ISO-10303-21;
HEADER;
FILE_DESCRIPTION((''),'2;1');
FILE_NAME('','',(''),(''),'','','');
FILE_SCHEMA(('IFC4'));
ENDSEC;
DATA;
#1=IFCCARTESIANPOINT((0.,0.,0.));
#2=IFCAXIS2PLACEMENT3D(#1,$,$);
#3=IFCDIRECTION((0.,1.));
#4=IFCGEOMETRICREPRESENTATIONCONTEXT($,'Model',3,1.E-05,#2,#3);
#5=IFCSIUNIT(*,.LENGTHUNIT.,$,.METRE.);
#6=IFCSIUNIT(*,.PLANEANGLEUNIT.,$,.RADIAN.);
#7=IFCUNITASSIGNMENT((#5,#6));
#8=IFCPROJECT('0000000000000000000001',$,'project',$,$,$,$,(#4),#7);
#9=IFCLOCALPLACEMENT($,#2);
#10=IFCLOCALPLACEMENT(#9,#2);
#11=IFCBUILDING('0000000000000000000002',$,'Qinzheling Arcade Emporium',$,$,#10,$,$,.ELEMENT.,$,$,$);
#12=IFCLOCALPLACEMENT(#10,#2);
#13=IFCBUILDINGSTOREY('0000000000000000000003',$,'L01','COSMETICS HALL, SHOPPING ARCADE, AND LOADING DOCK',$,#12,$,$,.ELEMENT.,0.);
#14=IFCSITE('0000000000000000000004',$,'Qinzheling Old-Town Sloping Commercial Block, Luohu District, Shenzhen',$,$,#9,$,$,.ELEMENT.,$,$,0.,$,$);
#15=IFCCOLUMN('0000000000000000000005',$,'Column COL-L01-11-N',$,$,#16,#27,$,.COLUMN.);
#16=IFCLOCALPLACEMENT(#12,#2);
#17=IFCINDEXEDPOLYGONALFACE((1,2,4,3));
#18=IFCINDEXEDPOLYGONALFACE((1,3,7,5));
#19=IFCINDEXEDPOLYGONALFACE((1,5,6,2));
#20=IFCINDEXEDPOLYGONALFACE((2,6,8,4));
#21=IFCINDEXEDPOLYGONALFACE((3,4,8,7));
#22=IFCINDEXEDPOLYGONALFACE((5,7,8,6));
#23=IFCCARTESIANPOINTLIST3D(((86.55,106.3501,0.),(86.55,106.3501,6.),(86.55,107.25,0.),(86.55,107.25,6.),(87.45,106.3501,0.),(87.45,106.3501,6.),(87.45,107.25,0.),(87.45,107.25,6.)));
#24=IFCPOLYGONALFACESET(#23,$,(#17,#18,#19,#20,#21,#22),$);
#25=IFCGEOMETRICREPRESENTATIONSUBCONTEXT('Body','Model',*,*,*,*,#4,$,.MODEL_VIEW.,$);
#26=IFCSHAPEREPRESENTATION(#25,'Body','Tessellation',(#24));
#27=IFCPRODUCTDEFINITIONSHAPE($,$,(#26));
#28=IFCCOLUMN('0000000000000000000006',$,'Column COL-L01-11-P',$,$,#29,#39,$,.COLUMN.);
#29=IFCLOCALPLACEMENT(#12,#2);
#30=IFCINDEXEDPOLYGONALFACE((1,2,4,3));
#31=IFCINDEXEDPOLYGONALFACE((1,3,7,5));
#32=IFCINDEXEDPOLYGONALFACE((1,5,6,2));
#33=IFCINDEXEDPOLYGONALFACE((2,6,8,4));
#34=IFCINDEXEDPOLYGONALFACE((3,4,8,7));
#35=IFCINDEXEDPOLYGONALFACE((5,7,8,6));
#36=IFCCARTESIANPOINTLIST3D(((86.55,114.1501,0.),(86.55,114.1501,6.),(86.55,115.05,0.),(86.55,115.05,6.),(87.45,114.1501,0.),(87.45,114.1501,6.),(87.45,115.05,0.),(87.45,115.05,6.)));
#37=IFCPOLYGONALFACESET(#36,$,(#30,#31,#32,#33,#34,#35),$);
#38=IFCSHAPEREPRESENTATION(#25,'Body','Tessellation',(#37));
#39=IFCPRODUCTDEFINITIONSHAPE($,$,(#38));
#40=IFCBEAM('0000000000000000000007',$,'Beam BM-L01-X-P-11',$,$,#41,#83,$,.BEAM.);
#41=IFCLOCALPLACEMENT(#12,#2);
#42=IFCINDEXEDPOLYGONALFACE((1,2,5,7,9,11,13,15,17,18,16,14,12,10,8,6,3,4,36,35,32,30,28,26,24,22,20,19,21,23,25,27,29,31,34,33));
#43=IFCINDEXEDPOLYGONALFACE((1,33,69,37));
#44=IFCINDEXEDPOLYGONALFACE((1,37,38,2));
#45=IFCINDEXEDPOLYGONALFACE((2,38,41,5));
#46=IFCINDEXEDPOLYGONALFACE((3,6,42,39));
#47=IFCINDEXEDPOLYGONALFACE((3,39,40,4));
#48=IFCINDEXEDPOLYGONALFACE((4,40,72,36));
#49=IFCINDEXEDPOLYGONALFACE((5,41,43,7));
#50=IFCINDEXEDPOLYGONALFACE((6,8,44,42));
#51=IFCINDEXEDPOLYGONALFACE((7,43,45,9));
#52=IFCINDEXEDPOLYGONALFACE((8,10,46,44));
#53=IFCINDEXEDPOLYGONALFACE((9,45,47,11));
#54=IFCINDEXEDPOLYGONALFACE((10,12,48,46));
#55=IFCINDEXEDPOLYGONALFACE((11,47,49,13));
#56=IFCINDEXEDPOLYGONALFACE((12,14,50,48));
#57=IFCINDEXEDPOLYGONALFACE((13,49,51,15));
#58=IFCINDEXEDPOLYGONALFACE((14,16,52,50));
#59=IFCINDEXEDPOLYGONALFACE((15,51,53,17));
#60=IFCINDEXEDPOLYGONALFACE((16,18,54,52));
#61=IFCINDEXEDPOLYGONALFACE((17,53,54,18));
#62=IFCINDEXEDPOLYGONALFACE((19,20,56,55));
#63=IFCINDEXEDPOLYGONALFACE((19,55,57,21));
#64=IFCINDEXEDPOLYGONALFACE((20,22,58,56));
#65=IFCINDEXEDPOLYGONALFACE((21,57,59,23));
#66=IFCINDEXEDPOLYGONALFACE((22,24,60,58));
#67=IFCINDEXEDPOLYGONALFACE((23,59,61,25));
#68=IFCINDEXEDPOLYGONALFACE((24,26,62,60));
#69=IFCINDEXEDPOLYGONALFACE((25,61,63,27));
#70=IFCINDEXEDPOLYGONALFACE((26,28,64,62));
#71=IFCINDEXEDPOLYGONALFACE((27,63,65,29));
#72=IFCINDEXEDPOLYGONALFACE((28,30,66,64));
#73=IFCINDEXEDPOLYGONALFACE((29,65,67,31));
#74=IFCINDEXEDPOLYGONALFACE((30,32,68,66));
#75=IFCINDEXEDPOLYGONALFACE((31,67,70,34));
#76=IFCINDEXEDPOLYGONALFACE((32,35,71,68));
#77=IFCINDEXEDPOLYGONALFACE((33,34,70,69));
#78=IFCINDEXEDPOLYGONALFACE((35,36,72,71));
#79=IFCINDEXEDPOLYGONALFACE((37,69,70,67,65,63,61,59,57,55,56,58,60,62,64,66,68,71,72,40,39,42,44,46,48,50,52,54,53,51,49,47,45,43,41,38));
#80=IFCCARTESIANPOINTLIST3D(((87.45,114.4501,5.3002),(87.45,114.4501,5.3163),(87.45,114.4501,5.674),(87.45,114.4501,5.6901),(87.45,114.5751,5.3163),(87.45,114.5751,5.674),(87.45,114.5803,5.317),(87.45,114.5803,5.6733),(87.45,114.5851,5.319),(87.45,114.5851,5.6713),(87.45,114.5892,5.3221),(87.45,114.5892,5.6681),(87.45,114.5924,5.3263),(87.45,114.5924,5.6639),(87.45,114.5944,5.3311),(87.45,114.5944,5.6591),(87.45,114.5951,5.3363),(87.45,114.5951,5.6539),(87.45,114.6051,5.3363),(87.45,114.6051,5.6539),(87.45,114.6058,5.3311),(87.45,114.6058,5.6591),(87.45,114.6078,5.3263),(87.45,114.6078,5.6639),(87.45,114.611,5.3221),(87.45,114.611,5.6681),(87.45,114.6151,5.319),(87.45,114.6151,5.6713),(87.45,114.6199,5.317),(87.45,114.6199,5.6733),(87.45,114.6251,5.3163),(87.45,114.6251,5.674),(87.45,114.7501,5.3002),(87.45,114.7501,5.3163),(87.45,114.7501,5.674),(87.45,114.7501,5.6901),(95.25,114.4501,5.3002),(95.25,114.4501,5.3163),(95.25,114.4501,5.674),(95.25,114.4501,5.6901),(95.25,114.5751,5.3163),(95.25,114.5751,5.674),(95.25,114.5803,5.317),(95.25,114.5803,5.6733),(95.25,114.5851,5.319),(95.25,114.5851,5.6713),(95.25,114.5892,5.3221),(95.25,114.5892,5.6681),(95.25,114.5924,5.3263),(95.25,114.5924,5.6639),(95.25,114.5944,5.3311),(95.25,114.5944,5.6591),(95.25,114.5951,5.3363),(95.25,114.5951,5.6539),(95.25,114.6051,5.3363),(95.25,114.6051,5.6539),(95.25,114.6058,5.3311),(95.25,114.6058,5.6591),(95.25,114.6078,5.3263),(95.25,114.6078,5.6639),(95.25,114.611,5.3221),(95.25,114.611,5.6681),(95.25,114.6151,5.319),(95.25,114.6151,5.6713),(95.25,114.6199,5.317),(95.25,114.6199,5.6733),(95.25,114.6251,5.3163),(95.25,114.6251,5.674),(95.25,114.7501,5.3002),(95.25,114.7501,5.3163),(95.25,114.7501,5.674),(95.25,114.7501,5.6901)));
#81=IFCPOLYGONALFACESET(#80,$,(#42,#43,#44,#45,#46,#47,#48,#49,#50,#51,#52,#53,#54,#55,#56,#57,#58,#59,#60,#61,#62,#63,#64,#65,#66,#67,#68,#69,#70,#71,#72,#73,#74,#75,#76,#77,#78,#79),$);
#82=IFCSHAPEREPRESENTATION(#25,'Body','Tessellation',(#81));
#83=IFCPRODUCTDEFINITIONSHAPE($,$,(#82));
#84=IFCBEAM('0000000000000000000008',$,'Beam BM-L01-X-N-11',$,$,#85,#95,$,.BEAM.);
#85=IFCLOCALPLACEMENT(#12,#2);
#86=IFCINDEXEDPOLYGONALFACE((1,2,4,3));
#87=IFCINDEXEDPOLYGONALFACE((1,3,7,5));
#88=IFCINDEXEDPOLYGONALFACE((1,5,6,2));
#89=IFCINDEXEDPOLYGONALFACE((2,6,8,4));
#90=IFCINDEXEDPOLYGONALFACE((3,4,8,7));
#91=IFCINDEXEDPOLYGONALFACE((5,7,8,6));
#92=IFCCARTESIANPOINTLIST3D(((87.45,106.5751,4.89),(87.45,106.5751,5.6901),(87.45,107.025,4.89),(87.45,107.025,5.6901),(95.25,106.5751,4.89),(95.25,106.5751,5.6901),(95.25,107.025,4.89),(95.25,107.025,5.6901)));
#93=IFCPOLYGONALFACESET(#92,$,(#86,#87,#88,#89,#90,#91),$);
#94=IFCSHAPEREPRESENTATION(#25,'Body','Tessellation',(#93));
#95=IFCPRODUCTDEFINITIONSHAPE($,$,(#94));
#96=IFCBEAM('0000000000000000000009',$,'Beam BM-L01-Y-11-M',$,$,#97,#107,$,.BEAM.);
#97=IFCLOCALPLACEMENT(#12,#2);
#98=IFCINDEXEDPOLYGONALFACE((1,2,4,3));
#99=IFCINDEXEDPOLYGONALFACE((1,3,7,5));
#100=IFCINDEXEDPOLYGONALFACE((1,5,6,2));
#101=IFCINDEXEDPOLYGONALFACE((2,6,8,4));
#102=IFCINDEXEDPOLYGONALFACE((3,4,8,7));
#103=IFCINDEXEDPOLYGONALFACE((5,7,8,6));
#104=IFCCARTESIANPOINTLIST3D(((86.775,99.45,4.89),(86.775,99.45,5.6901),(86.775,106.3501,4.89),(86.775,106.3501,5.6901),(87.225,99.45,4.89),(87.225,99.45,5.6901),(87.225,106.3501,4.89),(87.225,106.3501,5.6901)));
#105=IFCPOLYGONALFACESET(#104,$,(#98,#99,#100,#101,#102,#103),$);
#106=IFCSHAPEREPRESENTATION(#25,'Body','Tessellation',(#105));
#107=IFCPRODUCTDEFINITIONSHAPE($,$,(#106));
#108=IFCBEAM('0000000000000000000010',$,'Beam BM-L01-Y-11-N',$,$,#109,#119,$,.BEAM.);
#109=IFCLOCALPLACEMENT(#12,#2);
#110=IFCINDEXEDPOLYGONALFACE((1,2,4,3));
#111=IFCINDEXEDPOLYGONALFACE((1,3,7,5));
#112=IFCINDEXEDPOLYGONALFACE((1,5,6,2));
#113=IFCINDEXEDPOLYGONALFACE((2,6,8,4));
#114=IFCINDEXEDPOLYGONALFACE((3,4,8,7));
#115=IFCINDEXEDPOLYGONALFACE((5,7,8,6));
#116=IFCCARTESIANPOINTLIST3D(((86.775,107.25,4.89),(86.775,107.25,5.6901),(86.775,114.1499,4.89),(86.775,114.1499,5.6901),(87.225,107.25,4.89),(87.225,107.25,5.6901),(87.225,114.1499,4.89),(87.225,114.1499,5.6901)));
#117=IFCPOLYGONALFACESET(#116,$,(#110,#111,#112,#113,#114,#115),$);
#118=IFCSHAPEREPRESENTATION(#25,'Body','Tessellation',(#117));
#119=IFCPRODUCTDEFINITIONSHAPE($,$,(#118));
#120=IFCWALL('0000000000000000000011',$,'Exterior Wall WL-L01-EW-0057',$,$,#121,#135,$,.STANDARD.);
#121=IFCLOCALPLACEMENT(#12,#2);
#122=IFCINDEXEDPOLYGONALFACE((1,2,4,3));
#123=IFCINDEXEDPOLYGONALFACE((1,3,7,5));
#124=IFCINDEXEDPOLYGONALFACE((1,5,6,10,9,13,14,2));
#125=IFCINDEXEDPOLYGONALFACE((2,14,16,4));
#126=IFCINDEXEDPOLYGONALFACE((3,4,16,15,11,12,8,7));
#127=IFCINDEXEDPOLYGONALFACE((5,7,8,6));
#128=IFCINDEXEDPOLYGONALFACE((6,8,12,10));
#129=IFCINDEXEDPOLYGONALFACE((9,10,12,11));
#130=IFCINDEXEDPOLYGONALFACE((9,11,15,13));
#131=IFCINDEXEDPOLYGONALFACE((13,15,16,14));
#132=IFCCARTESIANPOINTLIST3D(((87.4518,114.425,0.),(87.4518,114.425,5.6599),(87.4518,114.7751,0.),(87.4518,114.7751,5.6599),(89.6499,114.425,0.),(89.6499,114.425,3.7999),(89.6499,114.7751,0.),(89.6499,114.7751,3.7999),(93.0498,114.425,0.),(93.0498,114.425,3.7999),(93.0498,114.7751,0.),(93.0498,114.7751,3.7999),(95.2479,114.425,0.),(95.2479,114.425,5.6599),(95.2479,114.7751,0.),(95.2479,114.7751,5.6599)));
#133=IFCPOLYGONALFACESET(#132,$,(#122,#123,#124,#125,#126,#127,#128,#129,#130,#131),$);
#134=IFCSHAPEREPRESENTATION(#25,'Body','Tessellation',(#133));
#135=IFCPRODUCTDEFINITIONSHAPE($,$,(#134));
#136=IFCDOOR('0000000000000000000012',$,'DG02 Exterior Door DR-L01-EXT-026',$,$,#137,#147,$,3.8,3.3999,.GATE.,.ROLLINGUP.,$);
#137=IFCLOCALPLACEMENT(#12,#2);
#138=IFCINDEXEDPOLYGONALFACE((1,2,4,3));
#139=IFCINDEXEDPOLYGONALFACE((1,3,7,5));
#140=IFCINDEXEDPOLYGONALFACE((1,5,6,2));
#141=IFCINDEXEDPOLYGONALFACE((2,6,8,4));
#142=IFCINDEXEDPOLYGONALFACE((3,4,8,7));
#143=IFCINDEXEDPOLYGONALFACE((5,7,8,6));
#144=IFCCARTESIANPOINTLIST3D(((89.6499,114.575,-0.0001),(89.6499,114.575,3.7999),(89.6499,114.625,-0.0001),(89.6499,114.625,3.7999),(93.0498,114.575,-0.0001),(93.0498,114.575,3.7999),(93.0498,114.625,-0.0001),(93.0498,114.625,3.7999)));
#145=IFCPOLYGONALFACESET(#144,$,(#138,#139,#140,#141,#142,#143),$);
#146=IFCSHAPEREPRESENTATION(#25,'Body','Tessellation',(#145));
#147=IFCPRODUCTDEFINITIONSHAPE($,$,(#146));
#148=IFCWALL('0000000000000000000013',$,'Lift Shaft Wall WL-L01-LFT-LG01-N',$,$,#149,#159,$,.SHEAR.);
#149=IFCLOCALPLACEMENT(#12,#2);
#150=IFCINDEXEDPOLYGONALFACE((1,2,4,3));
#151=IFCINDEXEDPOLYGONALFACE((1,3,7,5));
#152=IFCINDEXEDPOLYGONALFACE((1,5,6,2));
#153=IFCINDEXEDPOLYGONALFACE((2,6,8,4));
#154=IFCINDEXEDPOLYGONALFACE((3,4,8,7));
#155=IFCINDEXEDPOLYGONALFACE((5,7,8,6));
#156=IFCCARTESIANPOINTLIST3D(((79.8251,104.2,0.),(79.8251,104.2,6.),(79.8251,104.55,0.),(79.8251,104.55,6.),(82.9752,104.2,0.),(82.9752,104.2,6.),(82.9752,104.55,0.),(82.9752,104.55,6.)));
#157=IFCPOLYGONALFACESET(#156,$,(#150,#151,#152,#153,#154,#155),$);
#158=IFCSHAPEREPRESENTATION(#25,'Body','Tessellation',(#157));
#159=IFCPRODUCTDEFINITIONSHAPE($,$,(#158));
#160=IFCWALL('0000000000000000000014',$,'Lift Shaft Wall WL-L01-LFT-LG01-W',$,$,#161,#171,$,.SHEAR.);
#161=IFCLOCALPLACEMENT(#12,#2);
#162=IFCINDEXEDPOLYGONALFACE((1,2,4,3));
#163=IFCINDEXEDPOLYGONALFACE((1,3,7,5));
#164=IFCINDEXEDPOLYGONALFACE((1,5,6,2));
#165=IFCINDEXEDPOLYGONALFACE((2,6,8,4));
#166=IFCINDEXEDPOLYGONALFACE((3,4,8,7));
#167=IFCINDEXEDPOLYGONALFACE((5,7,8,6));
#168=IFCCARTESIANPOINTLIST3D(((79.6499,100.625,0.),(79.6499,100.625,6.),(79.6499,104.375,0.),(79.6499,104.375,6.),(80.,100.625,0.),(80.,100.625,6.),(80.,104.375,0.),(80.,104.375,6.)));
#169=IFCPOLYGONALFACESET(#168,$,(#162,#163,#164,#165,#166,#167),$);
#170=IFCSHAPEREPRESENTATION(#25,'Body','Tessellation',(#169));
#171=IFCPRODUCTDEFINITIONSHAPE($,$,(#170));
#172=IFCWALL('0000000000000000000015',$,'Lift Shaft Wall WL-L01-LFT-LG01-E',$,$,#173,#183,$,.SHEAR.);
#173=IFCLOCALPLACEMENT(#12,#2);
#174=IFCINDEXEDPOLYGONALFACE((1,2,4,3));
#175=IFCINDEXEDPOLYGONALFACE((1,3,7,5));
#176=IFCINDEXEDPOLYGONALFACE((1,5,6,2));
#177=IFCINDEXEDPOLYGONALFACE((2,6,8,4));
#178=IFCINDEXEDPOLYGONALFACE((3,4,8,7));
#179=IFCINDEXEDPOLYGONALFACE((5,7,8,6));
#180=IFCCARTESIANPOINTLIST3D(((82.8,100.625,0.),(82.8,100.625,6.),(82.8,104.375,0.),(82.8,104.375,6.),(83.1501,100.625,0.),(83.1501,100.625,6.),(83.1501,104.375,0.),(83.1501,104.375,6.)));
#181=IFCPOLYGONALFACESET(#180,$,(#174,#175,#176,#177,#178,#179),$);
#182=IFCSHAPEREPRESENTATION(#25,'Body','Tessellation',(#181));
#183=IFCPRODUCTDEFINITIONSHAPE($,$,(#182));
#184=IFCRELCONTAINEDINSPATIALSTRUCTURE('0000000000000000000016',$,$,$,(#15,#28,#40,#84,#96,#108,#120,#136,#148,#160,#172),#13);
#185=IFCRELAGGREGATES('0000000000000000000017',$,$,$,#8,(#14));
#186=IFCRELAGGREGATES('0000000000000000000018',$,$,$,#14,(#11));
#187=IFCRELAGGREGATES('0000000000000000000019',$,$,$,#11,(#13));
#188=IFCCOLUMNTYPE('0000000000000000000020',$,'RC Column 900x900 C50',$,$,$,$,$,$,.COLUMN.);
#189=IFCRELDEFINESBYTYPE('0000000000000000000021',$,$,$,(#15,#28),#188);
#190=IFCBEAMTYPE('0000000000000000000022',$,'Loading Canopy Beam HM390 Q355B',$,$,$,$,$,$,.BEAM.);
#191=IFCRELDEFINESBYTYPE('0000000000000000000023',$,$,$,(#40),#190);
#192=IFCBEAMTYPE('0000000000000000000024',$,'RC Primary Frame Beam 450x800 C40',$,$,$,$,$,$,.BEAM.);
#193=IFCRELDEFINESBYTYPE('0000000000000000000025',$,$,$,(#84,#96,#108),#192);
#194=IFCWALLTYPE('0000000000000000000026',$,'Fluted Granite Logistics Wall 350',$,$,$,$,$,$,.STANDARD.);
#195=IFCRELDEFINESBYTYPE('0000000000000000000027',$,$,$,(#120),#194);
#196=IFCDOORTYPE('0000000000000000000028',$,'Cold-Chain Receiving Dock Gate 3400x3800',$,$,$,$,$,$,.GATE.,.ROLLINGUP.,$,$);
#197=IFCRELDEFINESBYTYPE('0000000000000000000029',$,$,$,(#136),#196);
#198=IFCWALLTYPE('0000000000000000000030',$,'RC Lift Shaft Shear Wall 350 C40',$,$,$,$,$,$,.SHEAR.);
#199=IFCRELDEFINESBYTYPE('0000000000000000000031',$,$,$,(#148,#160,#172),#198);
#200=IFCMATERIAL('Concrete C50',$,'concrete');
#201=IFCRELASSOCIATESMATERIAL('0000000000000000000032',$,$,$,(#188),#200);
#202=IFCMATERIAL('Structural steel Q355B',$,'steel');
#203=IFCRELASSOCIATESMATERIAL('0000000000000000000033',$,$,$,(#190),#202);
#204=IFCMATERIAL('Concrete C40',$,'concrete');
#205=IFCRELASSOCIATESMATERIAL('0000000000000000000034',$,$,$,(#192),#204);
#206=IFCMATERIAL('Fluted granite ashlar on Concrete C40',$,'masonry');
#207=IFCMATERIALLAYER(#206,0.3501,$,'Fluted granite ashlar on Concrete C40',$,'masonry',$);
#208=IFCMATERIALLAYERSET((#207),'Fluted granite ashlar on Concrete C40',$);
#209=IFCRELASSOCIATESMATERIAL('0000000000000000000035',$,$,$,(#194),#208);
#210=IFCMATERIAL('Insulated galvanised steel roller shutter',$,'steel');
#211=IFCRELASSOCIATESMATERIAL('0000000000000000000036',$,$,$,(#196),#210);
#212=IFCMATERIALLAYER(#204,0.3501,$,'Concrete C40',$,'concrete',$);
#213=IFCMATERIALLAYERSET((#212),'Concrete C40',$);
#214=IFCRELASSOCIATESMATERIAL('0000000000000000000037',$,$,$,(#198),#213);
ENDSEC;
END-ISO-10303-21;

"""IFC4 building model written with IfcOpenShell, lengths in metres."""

from ifc_helpers import new_model, si_unit, direction, frame, frame_2d, origin, origin_2d, place, context, subcontext, project, spatial, rectangle, i_section, extrude, material, layer, layer_set, material_profile, profile_set, type_object, element, fill, save


model = new_model("IFC4")

# Units and contexts
model_context = context("Model", 3, precision=1e-05, world=origin(), true_north=direction((0.0, 1.0)))
body_context = subcontext(model_context, "Body", "Model", "MODEL_VIEW")
ifc_project = project(units=[si_unit("LENGTHUNIT", "METRE"), si_unit("PLANEANGLEUNIT", "RADIAN")], contexts=[model_context])

# Site, building, storey
site_placement = place(None, origin())
site = spatial("IfcSite", under=ifc_project, at=site_placement, Name="Qinzheling Old-Town Sloping Commercial Block, Luohu District, Shenzhen", CompositionType="ELEMENT", RefElevation=0.0)
building_placement = place(site_placement, origin())
building = spatial("IfcBuilding", under=site, at=building_placement, Name="Qinzheling Arcade Emporium", CompositionType="ELEMENT")
storey_placement = place(building_placement, origin())
storey = spatial("IfcBuildingStorey", under=building, at=storey_placement, Name="L01", Description="COSMETICS HALL, SHOPPING ARCADE, AND LOADING DOCK", CompositionType="ELEMENT", Elevation=0.0)

# Columns
ifc_material_1 = material(Name="Concrete C50", Category="concrete")
ifc_material_profile_1 = material_profile(ifc_material_1, rectangle(XDim=0.8999, YDim=0.8999, at=origin_2d()), Name="RC 900x900", Category="concrete")
ifc_profile_set_1 = profile_set([ifc_material_profile_1], Name="Concrete C50")
column_type = type_object("IfcColumnType", Name="RC Column 900x900 C50", PredefinedType="COLUMN", material=ifc_profile_set_1)
for number, where, z_axis, x_axis, name in (
    (1, (87.0, 106.8, 0.0), (0.0, 0.0, 1.0), (1.0, 0.0, 0.0), "Column COL-L01-11-N"),
    (2, (87.0, 114.6001, 0.0), (0.0, 0.0, 1.0), (1.0, 0.0, 0.0), "Column COL-L01-11-P"),
):
    element("IfcColumn", number, at=place(storey_placement, frame(where, z_axis=z_axis, x_axis=x_axis)), inside=storey, type_object=column_type, Name=name, PredefinedType="COLUMN", context=body_context, shape_type="SweptSolid", body=[
        extrude(rectangle(XDim=0.8999, YDim=0.8999, at=origin_2d()), origin(), (0.0, 0.0, 1.0), 6.0),
    ])

# Beams
ifc_material_2 = material(Name="Structural steel Q355B", Category="steel")
ifc_material_profile_2 = material_profile(ifc_material_2, i_section(OverallWidth=0.3, OverallDepth=0.3899, WebThickness=0.01, FlangeThickness=0.0161, FilletRadius=0.02, at=origin_2d()), Name="HM 390x300x10x16", Category="steel")
ifc_profile_set_2 = profile_set([ifc_material_profile_2], Name="Structural steel Q355B")
beam_type_1 = type_object("IfcBeamType", Name="Loading Canopy Beam HM390 Q355B", PredefinedType="BEAM", material=ifc_profile_set_2)
beam_1_placement = place(storey_placement, frame((87.45, 114.6001, 5.4951), z_axis=(1.0, 0.0, 0.0), x_axis=(0.0, 1.0, 0.0)))
element("IfcBeam", 3, at=beam_1_placement, inside=storey, type_object=beam_type_1, Name="Beam BM-L01-X-P-11", PredefinedType="BEAM", context=body_context, shape_type="SweptSolid", body=[
    extrude(i_section(OverallWidth=0.3, OverallDepth=0.3899, WebThickness=0.01, FlangeThickness=0.0161, FilletRadius=0.02, at=origin_2d()), origin(), (0.0, 0.0, 1.0), 7.8),
])
ifc_material_3 = material(Name="Concrete C40", Category="concrete")
ifc_material_profile_3 = material_profile(ifc_material_3, rectangle(XDim=0.45, YDim=0.8, at=origin_2d()), Name="RC 450x800", Category="concrete")
ifc_profile_set_3 = profile_set([ifc_material_profile_3], Name="Concrete C40")
beam_type_2 = type_object("IfcBeamType", Name="RC Primary Frame Beam 450x800 C40", PredefinedType="BEAM", material=ifc_profile_set_3)
beam_2_placement = place(storey_placement, frame((87.45, 106.8, 5.29), z_axis=(1.0, 0.0, 0.0), x_axis=(0.0, 1.0, 0.0)))
element("IfcBeam", 4, at=beam_2_placement, inside=storey, type_object=beam_type_2, Name="Beam BM-L01-X-N-11", PredefinedType="BEAM", context=body_context, shape_type="SweptSolid", body=[
    extrude(rectangle(XDim=0.45, YDim=0.8, at=origin_2d()), origin(), (0.0, 0.0, 1.0), 7.8),
])
beam_3_placement = place(storey_placement, frame((87.0, 99.45, 5.29), z_axis=(0.0, 1.0, 0.0), x_axis=(-1.0, 0.0, 0.0)))
element("IfcBeam", 5, at=beam_3_placement, inside=storey, type_object=beam_type_2, Name="Beam BM-L01-Y-11-M", PredefinedType="BEAM", context=body_context, shape_type="SweptSolid", body=[
    extrude(rectangle(XDim=0.45, YDim=0.8, at=origin_2d()), origin(), (0.0, 0.0, 1.0), 6.9001),
])
beam_4_placement = place(storey_placement, frame((87.0, 107.25, 5.29), z_axis=(0.0, 1.0, 0.0), x_axis=(-1.0, 0.0, 0.0)))
element("IfcBeam", 6, at=beam_4_placement, inside=storey, type_object=beam_type_2, Name="Beam BM-L01-Y-11-N", PredefinedType="BEAM", context=body_context, shape_type="SweptSolid", body=[
    extrude(rectangle(XDim=0.45, YDim=0.8, at=origin_2d()), origin(), (0.0, 0.0, 1.0), 6.8999),
])

# Wall, opening, door
ifc_material_4 = material(Name="Fluted granite ashlar on Concrete C40", Category="masonry")
ifc_layer_1 = layer(ifc_material_4, 0.3501, Name="Fluted granite ashlar on Concrete C40", Category="masonry")
ifc_layer_set_1 = layer_set([ifc_layer_1], Name="Fluted granite ashlar on Concrete C40")
wall_type_1 = type_object("IfcWallType", Name="Fluted Granite Logistics Wall 350", PredefinedType="STANDARD", material=ifc_layer_set_1)
wall_1_placement = place(storey_placement, frame((87.4519, 114.6001, 0.0), z_axis=(0.0, 0.0, 1.0), x_axis=(1.0, 0.0, 0.0)))
wall_1 = element("IfcWall", 7, at=wall_1_placement, inside=storey, type_object=wall_type_1, Name="Exterior Wall WL-L01-EW-0057", PredefinedType="STANDARD", context=body_context, shape_type="SweptSolid", body=[
    extrude(rectangle(XDim=7.7961, YDim=0.3501, at=frame_2d((3.8979, 0.0))), origin(), (0.0, 0.0, 1.0), 5.6599),
])
opening_1_placement = place(wall_1_placement, frame((2.198, 0.0, 0.0)))
opening_1 = element("IfcOpeningElement", 8, at=opening_1_placement, cuts=wall_1, PredefinedType="OPENING", context=body_context, shape_type="SweptSolid", body=[
    extrude(rectangle(XDim=3.3999, YDim=3.8, at=frame_2d((1.7, 1.8999))), frame((0.0, 0.1851, 0.0), z_axis=(0.0, -1.0, 0.0), x_axis=(1.0, 0.0, 0.0)), (0.0, 0.0, 1.0), 0.3701),
])
ifc_material_5 = material(Name="Insulated galvanised steel roller shutter", Category="steel")
door_type_1 = type_object("IfcDoorType", Name="Cold-Chain Receiving Dock Gate 3400x3800", OperationType="ROLLINGUP", PredefinedType="GATE", material=ifc_material_5)
door_1_placement = place(opening_1_placement, origin())
door_1 = element("IfcDoor", 9, at=door_1_placement, inside=storey, type_object=door_type_1, Name="DG02 Exterior Door DR-L01-EXT-026", OperationType="ROLLINGUP", OverallHeight=3.8, OverallWidth=3.3999, PredefinedType="GATE", context=body_context, shape_type="SweptSolid", body=[
    extrude(rectangle(XDim=3.3999, YDim=3.8, at=frame_2d((1.7, 1.8999))), frame((0.0, 0.0249, 0.0), z_axis=(0.0, -1.0, 0.0), x_axis=(1.0, 0.0, 0.0)), (0.0, 0.0, 1.0), 0.05),
])
fill(opening_1, door_1)

# Wall
ifc_layer_2 = layer(ifc_material_3, 0.3501, Name="Concrete C40", Category="concrete")
ifc_layer_set_2 = layer_set([ifc_layer_2], Name="Concrete C40")
wall_type_2 = type_object("IfcWallType", Name="RC Lift Shaft Shear Wall 350 C40", PredefinedType="SHEAR", material=ifc_layer_set_2)
wall_2_placement = place(storey_placement, frame((79.825, 104.375, 0.0), z_axis=(0.0, 0.0, 1.0), x_axis=(1.0, 0.0, 0.0)))
element("IfcWall", 10, at=wall_2_placement, inside=storey, type_object=wall_type_2, Name="Lift Shaft Wall WL-L01-LFT-LG01-N", PredefinedType="SHEAR", context=body_context, shape_type="SweptSolid", body=[
    extrude(rectangle(XDim=3.1501, YDim=0.3501, at=frame_2d((1.5752, 0.0))), origin(), (0.0, 0.0, 1.0), 6.0),
])

# Walls
for number, where, z_axis, x_axis, name in (
    (11, (79.825, 100.625, 0.0), (0.0, 0.0, 1.0), (0.0, 1.0, 0.0), "Lift Shaft Wall WL-L01-LFT-LG01-W"),
    (12, (82.9751, 104.375, 0.0), (0.0, 0.0, 1.0), (0.0, -1.0, 0.0), "Lift Shaft Wall WL-L01-LFT-LG01-E"),
):
    element("IfcWall", number, at=place(storey_placement, frame(where, z_axis=z_axis, x_axis=x_axis)), inside=storey, type_object=wall_type_2, Name=name, PredefinedType="SHEAR", context=body_context, shape_type="SweptSolid", body=[
        extrude(rectangle(XDim=3.75, YDim=0.3501, at=frame_2d((1.875, 0.0))), origin(), (0.0, 0.0, 1.0), 6.0),
    ])

save(model, "model.ifc")
